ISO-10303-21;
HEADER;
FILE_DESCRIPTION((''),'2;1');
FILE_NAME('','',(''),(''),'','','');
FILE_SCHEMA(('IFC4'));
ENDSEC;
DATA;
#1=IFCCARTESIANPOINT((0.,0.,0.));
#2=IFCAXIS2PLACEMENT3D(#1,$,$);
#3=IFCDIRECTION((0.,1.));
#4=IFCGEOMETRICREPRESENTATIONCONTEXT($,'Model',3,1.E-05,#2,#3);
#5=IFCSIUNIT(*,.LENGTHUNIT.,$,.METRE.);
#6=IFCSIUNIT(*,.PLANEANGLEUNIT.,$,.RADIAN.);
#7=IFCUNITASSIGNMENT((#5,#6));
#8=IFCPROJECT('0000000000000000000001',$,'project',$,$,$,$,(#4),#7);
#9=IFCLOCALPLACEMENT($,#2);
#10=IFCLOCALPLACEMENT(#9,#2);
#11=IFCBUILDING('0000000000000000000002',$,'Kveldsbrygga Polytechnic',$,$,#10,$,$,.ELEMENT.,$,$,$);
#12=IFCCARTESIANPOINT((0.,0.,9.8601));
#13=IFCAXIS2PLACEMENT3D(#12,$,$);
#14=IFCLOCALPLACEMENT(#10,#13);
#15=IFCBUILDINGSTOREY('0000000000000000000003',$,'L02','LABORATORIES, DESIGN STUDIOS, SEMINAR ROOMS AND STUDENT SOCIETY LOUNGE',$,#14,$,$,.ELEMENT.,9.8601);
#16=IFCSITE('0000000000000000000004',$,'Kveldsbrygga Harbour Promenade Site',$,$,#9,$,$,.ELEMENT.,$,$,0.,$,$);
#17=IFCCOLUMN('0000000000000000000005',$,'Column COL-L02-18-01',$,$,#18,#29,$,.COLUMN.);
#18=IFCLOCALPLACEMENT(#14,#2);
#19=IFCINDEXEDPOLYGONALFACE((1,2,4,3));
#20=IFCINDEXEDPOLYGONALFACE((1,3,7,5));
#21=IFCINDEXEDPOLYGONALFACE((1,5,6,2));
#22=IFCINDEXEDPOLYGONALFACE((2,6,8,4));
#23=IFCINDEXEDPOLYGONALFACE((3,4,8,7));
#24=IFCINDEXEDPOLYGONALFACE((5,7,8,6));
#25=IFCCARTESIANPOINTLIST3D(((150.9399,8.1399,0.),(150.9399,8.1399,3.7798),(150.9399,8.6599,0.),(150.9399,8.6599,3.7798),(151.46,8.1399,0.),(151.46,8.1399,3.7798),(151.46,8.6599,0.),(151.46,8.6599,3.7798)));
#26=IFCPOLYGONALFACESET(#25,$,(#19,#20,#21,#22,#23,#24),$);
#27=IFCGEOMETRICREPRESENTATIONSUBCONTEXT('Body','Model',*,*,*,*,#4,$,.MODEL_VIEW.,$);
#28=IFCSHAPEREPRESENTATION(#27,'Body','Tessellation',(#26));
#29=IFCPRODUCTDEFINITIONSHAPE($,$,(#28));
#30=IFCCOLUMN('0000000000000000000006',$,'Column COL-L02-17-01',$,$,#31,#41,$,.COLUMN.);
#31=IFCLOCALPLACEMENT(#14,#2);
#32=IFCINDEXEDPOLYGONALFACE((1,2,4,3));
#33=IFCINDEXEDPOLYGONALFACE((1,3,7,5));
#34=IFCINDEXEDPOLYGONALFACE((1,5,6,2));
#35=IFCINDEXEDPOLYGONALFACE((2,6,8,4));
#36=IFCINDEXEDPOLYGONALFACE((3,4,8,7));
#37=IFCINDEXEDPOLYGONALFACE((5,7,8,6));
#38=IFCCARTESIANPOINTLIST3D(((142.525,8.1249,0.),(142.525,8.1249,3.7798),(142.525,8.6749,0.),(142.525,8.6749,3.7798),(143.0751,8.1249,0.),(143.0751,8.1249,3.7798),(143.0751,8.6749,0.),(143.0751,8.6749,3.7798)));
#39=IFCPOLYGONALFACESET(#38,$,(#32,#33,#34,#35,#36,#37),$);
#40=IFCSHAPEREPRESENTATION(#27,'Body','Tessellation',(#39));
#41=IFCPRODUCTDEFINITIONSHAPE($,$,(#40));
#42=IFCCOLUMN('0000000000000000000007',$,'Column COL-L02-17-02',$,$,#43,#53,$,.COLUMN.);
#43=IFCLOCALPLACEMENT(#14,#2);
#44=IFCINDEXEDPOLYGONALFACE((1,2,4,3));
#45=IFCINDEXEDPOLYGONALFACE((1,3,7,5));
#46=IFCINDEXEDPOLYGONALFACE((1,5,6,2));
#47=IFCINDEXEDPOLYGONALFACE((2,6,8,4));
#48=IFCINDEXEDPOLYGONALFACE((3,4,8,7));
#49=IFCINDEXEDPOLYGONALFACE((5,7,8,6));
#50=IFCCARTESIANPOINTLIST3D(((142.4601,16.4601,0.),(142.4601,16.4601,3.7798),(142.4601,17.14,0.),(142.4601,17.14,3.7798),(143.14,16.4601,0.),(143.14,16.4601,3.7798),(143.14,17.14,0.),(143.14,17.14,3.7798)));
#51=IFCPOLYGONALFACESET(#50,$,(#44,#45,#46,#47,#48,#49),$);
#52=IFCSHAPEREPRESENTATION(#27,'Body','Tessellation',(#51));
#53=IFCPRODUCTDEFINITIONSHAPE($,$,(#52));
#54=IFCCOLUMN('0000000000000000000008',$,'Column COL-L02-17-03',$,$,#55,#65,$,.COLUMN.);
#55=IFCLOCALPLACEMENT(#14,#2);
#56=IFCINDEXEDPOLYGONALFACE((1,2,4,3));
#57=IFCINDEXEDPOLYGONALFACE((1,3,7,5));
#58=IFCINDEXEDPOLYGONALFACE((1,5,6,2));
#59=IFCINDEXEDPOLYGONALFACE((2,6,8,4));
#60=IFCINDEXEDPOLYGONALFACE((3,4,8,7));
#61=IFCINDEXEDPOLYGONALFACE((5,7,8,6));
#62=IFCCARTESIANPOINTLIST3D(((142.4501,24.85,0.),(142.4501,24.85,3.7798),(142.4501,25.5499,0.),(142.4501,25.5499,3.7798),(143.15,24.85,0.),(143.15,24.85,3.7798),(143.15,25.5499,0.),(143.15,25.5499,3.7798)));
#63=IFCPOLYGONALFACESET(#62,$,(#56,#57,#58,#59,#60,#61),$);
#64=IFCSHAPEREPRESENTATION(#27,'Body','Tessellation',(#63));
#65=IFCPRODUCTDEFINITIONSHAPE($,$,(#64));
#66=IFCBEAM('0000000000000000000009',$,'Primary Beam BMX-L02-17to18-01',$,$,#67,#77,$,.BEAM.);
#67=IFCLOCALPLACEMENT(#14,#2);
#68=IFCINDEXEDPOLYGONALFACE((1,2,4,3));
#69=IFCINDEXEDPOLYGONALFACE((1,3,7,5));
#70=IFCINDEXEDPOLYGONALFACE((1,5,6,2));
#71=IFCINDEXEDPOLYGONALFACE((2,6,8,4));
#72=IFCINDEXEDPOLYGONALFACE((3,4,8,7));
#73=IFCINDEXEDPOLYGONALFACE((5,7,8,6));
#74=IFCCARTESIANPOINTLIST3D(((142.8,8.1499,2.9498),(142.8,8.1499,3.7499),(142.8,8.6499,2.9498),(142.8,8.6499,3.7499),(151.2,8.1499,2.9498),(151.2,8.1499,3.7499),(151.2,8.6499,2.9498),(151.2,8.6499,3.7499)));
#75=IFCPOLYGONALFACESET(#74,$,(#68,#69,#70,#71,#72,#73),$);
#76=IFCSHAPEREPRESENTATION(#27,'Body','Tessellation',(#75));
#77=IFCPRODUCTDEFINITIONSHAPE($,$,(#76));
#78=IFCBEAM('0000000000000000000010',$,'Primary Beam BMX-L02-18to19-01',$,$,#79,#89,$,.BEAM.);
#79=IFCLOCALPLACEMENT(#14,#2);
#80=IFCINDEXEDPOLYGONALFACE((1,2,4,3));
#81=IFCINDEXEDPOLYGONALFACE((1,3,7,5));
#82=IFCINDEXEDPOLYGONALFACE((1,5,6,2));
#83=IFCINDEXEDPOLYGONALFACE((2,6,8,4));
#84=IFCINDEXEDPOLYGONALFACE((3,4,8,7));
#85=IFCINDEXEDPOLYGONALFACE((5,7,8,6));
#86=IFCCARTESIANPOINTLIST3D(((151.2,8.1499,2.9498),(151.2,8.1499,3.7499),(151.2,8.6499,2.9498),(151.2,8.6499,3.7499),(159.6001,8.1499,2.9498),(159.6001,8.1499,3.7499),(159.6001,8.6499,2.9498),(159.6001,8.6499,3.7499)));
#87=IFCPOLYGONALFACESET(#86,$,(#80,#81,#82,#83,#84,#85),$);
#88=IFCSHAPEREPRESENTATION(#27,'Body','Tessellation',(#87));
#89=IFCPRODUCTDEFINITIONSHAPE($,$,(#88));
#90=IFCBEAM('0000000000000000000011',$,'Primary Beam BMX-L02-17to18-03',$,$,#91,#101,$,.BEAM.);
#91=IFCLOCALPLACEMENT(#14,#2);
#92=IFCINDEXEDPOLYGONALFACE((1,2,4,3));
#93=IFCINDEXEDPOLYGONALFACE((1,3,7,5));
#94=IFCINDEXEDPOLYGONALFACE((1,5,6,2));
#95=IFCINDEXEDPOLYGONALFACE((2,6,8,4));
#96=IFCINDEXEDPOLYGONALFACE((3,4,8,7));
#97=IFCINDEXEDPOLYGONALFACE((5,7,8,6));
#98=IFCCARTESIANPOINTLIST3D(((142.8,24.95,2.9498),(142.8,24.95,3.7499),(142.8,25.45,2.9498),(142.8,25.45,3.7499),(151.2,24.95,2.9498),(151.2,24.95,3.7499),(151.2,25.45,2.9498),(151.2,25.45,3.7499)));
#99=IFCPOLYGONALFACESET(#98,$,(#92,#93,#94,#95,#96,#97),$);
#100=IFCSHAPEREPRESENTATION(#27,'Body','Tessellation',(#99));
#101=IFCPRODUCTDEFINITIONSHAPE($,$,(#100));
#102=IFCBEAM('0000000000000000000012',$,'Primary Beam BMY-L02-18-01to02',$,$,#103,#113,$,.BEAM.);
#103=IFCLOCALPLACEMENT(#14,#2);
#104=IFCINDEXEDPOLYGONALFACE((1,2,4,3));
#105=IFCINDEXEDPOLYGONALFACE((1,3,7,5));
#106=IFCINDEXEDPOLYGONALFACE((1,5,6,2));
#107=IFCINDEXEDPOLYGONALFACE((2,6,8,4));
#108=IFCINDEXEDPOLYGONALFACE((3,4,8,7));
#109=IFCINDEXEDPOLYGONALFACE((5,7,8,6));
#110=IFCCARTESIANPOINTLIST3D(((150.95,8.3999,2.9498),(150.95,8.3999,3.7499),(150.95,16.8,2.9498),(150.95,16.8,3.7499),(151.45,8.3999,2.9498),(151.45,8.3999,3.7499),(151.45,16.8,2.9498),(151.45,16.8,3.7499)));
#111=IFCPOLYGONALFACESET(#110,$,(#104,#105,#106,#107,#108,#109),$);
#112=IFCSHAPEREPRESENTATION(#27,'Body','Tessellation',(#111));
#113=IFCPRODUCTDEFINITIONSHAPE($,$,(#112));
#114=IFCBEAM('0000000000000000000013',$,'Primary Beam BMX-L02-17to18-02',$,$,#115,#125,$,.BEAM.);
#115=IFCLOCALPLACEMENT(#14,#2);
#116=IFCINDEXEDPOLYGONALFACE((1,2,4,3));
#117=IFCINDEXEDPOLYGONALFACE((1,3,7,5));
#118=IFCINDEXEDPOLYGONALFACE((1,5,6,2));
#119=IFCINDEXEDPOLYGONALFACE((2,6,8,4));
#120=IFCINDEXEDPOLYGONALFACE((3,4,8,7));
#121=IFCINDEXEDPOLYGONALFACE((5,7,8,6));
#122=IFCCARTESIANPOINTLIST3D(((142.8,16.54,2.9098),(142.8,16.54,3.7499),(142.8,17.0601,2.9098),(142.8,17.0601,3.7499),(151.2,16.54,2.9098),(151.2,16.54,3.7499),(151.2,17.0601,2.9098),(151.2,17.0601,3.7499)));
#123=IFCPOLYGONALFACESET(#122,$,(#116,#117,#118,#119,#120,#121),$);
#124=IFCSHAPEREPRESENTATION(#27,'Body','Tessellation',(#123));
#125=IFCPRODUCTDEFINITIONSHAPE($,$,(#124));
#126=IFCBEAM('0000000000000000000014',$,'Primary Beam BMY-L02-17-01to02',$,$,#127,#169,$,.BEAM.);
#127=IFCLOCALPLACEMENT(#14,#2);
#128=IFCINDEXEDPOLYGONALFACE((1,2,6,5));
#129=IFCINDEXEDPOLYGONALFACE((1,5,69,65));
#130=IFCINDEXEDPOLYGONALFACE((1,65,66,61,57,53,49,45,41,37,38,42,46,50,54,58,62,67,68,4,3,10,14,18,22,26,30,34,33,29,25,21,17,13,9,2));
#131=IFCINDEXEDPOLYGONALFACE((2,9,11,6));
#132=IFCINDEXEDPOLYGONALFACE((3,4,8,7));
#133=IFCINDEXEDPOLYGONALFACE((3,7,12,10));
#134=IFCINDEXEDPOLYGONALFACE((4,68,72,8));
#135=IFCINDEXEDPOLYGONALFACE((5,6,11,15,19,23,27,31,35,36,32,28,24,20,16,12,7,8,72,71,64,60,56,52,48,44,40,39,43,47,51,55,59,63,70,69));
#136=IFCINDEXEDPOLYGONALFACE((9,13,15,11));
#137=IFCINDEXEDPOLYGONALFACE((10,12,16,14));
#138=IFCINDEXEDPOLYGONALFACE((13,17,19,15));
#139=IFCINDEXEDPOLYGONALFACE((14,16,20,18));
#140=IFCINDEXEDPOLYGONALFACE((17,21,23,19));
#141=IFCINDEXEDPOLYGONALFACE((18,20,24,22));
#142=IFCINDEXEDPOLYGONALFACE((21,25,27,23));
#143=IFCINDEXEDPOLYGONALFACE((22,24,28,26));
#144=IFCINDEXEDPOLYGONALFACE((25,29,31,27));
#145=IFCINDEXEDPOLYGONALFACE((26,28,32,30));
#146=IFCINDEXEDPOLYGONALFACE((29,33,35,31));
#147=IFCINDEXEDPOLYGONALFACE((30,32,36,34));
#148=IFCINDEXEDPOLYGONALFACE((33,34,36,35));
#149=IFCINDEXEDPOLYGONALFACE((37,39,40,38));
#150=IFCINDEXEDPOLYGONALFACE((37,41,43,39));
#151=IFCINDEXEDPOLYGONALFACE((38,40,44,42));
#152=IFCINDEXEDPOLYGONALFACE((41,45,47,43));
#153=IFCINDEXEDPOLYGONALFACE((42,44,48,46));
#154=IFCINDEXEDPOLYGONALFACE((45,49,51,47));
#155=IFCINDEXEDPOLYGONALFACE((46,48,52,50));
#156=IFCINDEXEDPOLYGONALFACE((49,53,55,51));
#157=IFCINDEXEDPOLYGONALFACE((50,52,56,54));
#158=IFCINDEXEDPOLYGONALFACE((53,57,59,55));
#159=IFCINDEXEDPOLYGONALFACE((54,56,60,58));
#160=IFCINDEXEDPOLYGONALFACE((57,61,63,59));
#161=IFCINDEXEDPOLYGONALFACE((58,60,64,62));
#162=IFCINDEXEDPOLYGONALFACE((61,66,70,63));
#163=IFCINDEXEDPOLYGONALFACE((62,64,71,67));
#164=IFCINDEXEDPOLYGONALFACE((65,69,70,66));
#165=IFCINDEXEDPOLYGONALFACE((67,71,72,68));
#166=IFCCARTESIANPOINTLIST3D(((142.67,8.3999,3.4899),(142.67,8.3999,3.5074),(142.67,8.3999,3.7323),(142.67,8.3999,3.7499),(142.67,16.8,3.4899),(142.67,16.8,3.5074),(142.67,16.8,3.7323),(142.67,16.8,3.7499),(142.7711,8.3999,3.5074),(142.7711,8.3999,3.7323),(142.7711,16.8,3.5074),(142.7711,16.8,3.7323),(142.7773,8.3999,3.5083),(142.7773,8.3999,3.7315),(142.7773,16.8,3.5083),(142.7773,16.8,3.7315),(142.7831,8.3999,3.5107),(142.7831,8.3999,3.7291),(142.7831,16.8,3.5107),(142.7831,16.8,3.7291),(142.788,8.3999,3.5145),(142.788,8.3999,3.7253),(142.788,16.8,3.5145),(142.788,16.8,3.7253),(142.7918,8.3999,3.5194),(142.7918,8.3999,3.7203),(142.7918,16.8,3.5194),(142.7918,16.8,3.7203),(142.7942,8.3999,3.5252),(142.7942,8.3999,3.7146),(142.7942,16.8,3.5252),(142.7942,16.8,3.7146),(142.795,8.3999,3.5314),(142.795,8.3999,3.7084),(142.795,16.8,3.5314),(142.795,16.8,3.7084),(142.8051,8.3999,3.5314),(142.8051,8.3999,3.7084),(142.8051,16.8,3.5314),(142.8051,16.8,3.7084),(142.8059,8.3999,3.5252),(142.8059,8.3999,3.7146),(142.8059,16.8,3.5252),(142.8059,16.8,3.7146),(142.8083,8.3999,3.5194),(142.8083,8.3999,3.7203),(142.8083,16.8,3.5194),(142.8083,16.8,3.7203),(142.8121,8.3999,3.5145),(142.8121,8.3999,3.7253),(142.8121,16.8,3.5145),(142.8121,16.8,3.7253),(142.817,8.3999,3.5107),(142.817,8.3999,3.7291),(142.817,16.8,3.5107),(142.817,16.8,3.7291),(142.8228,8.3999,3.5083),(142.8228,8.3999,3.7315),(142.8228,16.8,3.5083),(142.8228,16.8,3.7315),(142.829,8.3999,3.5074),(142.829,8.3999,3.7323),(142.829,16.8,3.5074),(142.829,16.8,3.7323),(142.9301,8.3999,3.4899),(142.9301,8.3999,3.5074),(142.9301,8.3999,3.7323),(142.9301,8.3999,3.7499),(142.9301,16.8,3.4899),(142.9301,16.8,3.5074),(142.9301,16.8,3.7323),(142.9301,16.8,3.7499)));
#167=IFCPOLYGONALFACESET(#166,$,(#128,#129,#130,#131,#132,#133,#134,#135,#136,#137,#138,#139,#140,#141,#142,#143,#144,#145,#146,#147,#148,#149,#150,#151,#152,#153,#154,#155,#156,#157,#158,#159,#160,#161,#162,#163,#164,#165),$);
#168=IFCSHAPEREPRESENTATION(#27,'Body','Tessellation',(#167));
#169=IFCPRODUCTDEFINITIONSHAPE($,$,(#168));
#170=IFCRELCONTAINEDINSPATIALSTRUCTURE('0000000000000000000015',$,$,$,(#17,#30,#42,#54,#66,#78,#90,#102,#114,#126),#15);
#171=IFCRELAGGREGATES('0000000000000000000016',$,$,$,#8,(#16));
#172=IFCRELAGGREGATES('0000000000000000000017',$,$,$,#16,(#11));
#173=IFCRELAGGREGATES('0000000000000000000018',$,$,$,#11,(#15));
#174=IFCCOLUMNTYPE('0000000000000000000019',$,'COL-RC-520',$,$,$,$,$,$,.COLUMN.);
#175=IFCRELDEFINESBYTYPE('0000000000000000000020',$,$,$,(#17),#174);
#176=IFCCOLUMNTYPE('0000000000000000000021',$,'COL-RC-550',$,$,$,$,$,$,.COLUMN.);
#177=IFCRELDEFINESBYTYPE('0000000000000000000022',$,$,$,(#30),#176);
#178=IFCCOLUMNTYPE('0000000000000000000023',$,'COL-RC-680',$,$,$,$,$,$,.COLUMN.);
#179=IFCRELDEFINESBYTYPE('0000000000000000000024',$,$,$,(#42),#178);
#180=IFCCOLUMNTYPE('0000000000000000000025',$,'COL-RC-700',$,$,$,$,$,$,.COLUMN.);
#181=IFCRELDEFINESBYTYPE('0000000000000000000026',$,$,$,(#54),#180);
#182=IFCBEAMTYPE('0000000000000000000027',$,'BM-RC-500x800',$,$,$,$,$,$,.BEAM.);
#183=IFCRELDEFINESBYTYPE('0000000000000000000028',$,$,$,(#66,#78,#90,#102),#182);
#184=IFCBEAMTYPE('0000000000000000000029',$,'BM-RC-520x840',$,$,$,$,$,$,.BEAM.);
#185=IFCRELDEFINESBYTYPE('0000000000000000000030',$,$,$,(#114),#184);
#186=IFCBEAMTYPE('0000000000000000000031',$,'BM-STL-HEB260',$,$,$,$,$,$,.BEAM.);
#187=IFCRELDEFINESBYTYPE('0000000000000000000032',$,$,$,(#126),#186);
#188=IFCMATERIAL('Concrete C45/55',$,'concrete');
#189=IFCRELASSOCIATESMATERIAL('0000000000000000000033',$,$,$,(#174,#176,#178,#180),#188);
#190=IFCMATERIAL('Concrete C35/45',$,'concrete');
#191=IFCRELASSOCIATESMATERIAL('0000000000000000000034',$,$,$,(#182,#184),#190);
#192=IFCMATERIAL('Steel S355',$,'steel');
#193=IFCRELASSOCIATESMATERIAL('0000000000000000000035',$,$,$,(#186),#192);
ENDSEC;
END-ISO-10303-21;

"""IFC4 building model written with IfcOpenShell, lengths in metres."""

from ifc_helpers import new_model, si_unit, direction, frame, origin, origin_2d, place, context, subcontext, project, spatial, rectangle, i_section, extrude, material, material_profile, profile_set, type_object, element, save


model = new_model("IFC4")

# Units and contexts
model_context = context("Model", 3, precision=1e-05, world=origin(), true_north=direction((0.0, 1.0)))
body_context = subcontext(model_context, "Body", "Model", "MODEL_VIEW")
ifc_project = project(units=[si_unit("LENGTHUNIT", "METRE"), si_unit("PLANEANGLEUNIT", "RADIAN")], contexts=[model_context])

# Site, building, storey
site_placement = place(None, origin())
site = spatial("IfcSite", under=ifc_project, at=site_placement, Name="Kveldsbrygga Harbour Promenade Site", CompositionType="ELEMENT", RefElevation=0.0)
building_placement = place(site_placement, origin())
building = spatial("IfcBuilding", under=site, at=building_placement, Name="Kveldsbrygga Polytechnic", CompositionType="ELEMENT")
storey_placement = place(building_placement, frame((0.0, 0.0, 9.8601)))
storey = spatial("IfcBuildingStorey", under=building, at=storey_placement, Name="L02", Description="LABORATORIES, DESIGN STUDIOS, SEMINAR ROOMS AND STUDENT SOCIETY LOUNGE", CompositionType="ELEMENT", Elevation=9.8601)

# Columns
ifc_material_1 = material(Name="Concrete C45/55", Category="concrete")
ifc_material_profile_1 = material_profile(ifc_material_1, rectangle(XDim=0.52, YDim=0.52, at=origin_2d()), Name="RC 520x520")
ifc_profile_set_1 = profile_set([ifc_material_profile_1], Name="Concrete C45/55")
column_type_1 = type_object("IfcColumnType", Name="COL-RC-520", PredefinedType="COLUMN", material=ifc_profile_set_1)
column_1_placement = place(storey_placement, frame((151.2, 8.3999, 0.0), z_axis=(0.0, 0.0, 1.0), x_axis=(1.0, 0.0, 0.0)))
element("IfcColumn", 1, at=column_1_placement, inside=storey, type_object=column_type_1, Name="Column COL-L02-18-01", PredefinedType="COLUMN", context=body_context, shape_type="SweptSolid", body=[
    extrude(rectangle(XDim=0.52, YDim=0.52, at=origin_2d()), origin(), (0.0, 0.0, 1.0), 3.7798),
])
ifc_material_profile_2 = material_profile(ifc_material_1, rectangle(XDim=0.55, YDim=0.55, at=origin_2d()), Name="RC 550x550")
ifc_profile_set_2 = profile_set([ifc_material_profile_2], Name="Concrete C45/55")
column_type_2 = type_object("IfcColumnType", Name="COL-RC-550", PredefinedType="COLUMN", material=ifc_profile_set_2)
column_2_placement = place(storey_placement, frame((142.8, 8.3999, 0.0), z_axis=(0.0, 0.0, 1.0), x_axis=(1.0, 0.0, 0.0)))
element("IfcColumn", 2, at=column_2_placement, inside=storey, type_object=column_type_2, Name="Column COL-L02-17-01", PredefinedType="COLUMN", context=body_context, shape_type="SweptSolid", body=[
    extrude(rectangle(XDim=0.55, YDim=0.55, at=origin_2d()), origin(), (0.0, 0.0, 1.0), 3.7798),
])
ifc_material_profile_3 = material_profile(ifc_material_1, rectangle(XDim=0.6799, YDim=0.6799, at=origin_2d()), Name="RC 680x680")
ifc_profile_set_3 = profile_set([ifc_material_profile_3], Name="Concrete C45/55")
column_type_3 = type_object("IfcColumnType", Name="COL-RC-680", PredefinedType="COLUMN", material=ifc_profile_set_3)
column_3_placement = place(storey_placement, frame((142.8, 16.8, 0.0), z_axis=(0.0, 0.0, 1.0), x_axis=(1.0, 0.0, 0.0)))
element("IfcColumn", 3, at=column_3_placement, inside=storey, type_object=column_type_3, Name="Column COL-L02-17-02", PredefinedType="COLUMN", context=body_context, shape_type="SweptSolid", body=[
    extrude(rectangle(XDim=0.6799, YDim=0.6799, at=origin_2d()), origin(), (0.0, 0.0, 1.0), 3.7798),
])
ifc_material_profile_4 = material_profile(ifc_material_1, rectangle(XDim=0.7, YDim=0.7, at=origin_2d()), Name="RC 700x700")
ifc_profile_set_4 = profile_set([ifc_material_profile_4], Name="Concrete C45/55")
column_type_4 = type_object("IfcColumnType", Name="COL-RC-700", PredefinedType="COLUMN", material=ifc_profile_set_4)
column_4_placement = place(storey_placement, frame((142.8, 25.2, 0.0), z_axis=(0.0, 0.0, 1.0), x_axis=(1.0, 0.0, 0.0)))
element("IfcColumn", 4, at=column_4_placement, inside=storey, type_object=column_type_4, Name="Column COL-L02-17-03", PredefinedType="COLUMN", context=body_context, shape_type="SweptSolid", body=[
    extrude(rectangle(XDim=0.7, YDim=0.7, at=origin_2d()), origin(), (0.0, 0.0, 1.0), 3.7798),
])

# Beams
ifc_material_2 = material(Name="Concrete C35/45", Category="concrete")
ifc_material_profile_5 = material_profile(ifc_material_2, rectangle(XDim=0.5, YDim=0.8, at=origin_2d()), Name="RC 500x800")
ifc_profile_set_5 = profile_set([ifc_material_profile_5], Name="Concrete C35/45")
beam_type_1 = type_object("IfcBeamType", Name="BM-RC-500x800", PredefinedType="BEAM", material=ifc_profile_set_5)
beam_1_placement = place(storey_placement, frame((142.8, 8.3999, 3.3499), z_axis=(1.0, 0.0, 0.0), x_axis=(0.0, 1.0, 0.0)))
element("IfcBeam", 5, at=beam_1_placement, inside=storey, type_object=beam_type_1, Name="Primary Beam BMX-L02-17to18-01", PredefinedType="BEAM", context=body_context, shape_type="SweptSolid", body=[
    extrude(rectangle(XDim=0.5, YDim=0.8, at=origin_2d()), origin(), (0.0, 0.0, 1.0), 8.3999),
])
beam_2_placement = place(storey_placement, frame((151.2, 8.3999, 3.3499), z_axis=(1.0, 0.0, 0.0), x_axis=(0.0, 1.0, 0.0)))
element("IfcBeam", 6, at=beam_2_placement, inside=storey, type_object=beam_type_1, Name="Primary Beam BMX-L02-18to19-01", PredefinedType="BEAM", context=body_context, shape_type="SweptSolid", body=[
    extrude(rectangle(XDim=0.5, YDim=0.8, at=origin_2d()), origin(), (0.0, 0.0, 1.0), 8.4001),
])
beam_3_placement = place(storey_placement, frame((142.8, 25.2, 3.3499), z_axis=(1.0, 0.0, 0.0), x_axis=(0.0, 1.0, 0.0)))
element("IfcBeam", 7, at=beam_3_placement, inside=storey, type_object=beam_type_1, Name="Primary Beam BMX-L02-17to18-03", PredefinedType="BEAM", context=body_context, shape_type="SweptSolid", body=[
    extrude(rectangle(XDim=0.5, YDim=0.8, at=origin_2d()), origin(), (0.0, 0.0, 1.0), 8.3999),
])
beam_4_placement = place(storey_placement, frame((151.2, 8.3999, 3.3499), z_axis=(0.0, 1.0, 0.0), x_axis=(-1.0, 0.0, 0.0)))
element("IfcBeam", 8, at=beam_4_placement, inside=storey, type_object=beam_type_1, Name="Primary Beam BMY-L02-18-01to02", PredefinedType="BEAM", context=body_context, shape_type="SweptSolid", body=[
    extrude(rectangle(XDim=0.5, YDim=0.8, at=origin_2d()), origin(), (0.0, 0.0, 1.0), 8.4001),
])
ifc_material_profile_6 = material_profile(ifc_material_2, rectangle(XDim=0.52, YDim=0.8401, at=origin_2d()), Name="RC 520x840")
ifc_profile_set_6 = profile_set([ifc_material_profile_6], Name="Concrete C35/45")
beam_type_2 = type_object("IfcBeamType", Name="BM-RC-520x840", PredefinedType="BEAM", material=ifc_profile_set_6)
beam_5_placement = place(storey_placement, frame((142.8, 16.8, 3.3298), z_axis=(1.0, 0.0, 0.0), x_axis=(0.0, 1.0, 0.0)))
element("IfcBeam", 9, at=beam_5_placement, inside=storey, type_object=beam_type_2, Name="Primary Beam BMX-L02-17to18-02", PredefinedType="BEAM", context=body_context, shape_type="SweptSolid", body=[
    extrude(rectangle(XDim=0.52, YDim=0.8401, at=origin_2d()), origin(), (0.0, 0.0, 1.0), 8.3999),
])
ifc_material_3 = material(Name="Steel S355", Category="steel")
ifc_material_profile_7 = material_profile(ifc_material_3, i_section(OverallWidth=0.26, OverallDepth=0.26, WebThickness=0.01, FlangeThickness=0.0176, FilletRadius=0.0239, at=origin_2d()), Name="HEB 260")
ifc_profile_set_7 = profile_set([ifc_material_profile_7], Name="Steel S355")
beam_type_3 = type_object("IfcBeamType", Name="BM-STL-HEB260", PredefinedType="BEAM", material=ifc_profile_set_7)
beam_6_placement = place(storey_placement, frame((142.8, 8.3999, 3.6199), z_axis=(0.0, 1.0, 0.0), x_axis=(-1.0, 0.0, 0.0)))
element("IfcBeam", 10, at=beam_6_placement, inside=storey, type_object=beam_type_3, Name="Primary Beam BMY-L02-17-01to02", PredefinedType="BEAM", context=body_context, shape_type="SweptSolid", body=[
    extrude(i_section(OverallWidth=0.26, OverallDepth=0.26, WebThickness=0.01, FlangeThickness=0.0176, FilletRadius=0.0239, at=origin_2d()), origin(), (0.0, 0.0, 1.0), 8.4001),
])

save(model, "model.ifc")
